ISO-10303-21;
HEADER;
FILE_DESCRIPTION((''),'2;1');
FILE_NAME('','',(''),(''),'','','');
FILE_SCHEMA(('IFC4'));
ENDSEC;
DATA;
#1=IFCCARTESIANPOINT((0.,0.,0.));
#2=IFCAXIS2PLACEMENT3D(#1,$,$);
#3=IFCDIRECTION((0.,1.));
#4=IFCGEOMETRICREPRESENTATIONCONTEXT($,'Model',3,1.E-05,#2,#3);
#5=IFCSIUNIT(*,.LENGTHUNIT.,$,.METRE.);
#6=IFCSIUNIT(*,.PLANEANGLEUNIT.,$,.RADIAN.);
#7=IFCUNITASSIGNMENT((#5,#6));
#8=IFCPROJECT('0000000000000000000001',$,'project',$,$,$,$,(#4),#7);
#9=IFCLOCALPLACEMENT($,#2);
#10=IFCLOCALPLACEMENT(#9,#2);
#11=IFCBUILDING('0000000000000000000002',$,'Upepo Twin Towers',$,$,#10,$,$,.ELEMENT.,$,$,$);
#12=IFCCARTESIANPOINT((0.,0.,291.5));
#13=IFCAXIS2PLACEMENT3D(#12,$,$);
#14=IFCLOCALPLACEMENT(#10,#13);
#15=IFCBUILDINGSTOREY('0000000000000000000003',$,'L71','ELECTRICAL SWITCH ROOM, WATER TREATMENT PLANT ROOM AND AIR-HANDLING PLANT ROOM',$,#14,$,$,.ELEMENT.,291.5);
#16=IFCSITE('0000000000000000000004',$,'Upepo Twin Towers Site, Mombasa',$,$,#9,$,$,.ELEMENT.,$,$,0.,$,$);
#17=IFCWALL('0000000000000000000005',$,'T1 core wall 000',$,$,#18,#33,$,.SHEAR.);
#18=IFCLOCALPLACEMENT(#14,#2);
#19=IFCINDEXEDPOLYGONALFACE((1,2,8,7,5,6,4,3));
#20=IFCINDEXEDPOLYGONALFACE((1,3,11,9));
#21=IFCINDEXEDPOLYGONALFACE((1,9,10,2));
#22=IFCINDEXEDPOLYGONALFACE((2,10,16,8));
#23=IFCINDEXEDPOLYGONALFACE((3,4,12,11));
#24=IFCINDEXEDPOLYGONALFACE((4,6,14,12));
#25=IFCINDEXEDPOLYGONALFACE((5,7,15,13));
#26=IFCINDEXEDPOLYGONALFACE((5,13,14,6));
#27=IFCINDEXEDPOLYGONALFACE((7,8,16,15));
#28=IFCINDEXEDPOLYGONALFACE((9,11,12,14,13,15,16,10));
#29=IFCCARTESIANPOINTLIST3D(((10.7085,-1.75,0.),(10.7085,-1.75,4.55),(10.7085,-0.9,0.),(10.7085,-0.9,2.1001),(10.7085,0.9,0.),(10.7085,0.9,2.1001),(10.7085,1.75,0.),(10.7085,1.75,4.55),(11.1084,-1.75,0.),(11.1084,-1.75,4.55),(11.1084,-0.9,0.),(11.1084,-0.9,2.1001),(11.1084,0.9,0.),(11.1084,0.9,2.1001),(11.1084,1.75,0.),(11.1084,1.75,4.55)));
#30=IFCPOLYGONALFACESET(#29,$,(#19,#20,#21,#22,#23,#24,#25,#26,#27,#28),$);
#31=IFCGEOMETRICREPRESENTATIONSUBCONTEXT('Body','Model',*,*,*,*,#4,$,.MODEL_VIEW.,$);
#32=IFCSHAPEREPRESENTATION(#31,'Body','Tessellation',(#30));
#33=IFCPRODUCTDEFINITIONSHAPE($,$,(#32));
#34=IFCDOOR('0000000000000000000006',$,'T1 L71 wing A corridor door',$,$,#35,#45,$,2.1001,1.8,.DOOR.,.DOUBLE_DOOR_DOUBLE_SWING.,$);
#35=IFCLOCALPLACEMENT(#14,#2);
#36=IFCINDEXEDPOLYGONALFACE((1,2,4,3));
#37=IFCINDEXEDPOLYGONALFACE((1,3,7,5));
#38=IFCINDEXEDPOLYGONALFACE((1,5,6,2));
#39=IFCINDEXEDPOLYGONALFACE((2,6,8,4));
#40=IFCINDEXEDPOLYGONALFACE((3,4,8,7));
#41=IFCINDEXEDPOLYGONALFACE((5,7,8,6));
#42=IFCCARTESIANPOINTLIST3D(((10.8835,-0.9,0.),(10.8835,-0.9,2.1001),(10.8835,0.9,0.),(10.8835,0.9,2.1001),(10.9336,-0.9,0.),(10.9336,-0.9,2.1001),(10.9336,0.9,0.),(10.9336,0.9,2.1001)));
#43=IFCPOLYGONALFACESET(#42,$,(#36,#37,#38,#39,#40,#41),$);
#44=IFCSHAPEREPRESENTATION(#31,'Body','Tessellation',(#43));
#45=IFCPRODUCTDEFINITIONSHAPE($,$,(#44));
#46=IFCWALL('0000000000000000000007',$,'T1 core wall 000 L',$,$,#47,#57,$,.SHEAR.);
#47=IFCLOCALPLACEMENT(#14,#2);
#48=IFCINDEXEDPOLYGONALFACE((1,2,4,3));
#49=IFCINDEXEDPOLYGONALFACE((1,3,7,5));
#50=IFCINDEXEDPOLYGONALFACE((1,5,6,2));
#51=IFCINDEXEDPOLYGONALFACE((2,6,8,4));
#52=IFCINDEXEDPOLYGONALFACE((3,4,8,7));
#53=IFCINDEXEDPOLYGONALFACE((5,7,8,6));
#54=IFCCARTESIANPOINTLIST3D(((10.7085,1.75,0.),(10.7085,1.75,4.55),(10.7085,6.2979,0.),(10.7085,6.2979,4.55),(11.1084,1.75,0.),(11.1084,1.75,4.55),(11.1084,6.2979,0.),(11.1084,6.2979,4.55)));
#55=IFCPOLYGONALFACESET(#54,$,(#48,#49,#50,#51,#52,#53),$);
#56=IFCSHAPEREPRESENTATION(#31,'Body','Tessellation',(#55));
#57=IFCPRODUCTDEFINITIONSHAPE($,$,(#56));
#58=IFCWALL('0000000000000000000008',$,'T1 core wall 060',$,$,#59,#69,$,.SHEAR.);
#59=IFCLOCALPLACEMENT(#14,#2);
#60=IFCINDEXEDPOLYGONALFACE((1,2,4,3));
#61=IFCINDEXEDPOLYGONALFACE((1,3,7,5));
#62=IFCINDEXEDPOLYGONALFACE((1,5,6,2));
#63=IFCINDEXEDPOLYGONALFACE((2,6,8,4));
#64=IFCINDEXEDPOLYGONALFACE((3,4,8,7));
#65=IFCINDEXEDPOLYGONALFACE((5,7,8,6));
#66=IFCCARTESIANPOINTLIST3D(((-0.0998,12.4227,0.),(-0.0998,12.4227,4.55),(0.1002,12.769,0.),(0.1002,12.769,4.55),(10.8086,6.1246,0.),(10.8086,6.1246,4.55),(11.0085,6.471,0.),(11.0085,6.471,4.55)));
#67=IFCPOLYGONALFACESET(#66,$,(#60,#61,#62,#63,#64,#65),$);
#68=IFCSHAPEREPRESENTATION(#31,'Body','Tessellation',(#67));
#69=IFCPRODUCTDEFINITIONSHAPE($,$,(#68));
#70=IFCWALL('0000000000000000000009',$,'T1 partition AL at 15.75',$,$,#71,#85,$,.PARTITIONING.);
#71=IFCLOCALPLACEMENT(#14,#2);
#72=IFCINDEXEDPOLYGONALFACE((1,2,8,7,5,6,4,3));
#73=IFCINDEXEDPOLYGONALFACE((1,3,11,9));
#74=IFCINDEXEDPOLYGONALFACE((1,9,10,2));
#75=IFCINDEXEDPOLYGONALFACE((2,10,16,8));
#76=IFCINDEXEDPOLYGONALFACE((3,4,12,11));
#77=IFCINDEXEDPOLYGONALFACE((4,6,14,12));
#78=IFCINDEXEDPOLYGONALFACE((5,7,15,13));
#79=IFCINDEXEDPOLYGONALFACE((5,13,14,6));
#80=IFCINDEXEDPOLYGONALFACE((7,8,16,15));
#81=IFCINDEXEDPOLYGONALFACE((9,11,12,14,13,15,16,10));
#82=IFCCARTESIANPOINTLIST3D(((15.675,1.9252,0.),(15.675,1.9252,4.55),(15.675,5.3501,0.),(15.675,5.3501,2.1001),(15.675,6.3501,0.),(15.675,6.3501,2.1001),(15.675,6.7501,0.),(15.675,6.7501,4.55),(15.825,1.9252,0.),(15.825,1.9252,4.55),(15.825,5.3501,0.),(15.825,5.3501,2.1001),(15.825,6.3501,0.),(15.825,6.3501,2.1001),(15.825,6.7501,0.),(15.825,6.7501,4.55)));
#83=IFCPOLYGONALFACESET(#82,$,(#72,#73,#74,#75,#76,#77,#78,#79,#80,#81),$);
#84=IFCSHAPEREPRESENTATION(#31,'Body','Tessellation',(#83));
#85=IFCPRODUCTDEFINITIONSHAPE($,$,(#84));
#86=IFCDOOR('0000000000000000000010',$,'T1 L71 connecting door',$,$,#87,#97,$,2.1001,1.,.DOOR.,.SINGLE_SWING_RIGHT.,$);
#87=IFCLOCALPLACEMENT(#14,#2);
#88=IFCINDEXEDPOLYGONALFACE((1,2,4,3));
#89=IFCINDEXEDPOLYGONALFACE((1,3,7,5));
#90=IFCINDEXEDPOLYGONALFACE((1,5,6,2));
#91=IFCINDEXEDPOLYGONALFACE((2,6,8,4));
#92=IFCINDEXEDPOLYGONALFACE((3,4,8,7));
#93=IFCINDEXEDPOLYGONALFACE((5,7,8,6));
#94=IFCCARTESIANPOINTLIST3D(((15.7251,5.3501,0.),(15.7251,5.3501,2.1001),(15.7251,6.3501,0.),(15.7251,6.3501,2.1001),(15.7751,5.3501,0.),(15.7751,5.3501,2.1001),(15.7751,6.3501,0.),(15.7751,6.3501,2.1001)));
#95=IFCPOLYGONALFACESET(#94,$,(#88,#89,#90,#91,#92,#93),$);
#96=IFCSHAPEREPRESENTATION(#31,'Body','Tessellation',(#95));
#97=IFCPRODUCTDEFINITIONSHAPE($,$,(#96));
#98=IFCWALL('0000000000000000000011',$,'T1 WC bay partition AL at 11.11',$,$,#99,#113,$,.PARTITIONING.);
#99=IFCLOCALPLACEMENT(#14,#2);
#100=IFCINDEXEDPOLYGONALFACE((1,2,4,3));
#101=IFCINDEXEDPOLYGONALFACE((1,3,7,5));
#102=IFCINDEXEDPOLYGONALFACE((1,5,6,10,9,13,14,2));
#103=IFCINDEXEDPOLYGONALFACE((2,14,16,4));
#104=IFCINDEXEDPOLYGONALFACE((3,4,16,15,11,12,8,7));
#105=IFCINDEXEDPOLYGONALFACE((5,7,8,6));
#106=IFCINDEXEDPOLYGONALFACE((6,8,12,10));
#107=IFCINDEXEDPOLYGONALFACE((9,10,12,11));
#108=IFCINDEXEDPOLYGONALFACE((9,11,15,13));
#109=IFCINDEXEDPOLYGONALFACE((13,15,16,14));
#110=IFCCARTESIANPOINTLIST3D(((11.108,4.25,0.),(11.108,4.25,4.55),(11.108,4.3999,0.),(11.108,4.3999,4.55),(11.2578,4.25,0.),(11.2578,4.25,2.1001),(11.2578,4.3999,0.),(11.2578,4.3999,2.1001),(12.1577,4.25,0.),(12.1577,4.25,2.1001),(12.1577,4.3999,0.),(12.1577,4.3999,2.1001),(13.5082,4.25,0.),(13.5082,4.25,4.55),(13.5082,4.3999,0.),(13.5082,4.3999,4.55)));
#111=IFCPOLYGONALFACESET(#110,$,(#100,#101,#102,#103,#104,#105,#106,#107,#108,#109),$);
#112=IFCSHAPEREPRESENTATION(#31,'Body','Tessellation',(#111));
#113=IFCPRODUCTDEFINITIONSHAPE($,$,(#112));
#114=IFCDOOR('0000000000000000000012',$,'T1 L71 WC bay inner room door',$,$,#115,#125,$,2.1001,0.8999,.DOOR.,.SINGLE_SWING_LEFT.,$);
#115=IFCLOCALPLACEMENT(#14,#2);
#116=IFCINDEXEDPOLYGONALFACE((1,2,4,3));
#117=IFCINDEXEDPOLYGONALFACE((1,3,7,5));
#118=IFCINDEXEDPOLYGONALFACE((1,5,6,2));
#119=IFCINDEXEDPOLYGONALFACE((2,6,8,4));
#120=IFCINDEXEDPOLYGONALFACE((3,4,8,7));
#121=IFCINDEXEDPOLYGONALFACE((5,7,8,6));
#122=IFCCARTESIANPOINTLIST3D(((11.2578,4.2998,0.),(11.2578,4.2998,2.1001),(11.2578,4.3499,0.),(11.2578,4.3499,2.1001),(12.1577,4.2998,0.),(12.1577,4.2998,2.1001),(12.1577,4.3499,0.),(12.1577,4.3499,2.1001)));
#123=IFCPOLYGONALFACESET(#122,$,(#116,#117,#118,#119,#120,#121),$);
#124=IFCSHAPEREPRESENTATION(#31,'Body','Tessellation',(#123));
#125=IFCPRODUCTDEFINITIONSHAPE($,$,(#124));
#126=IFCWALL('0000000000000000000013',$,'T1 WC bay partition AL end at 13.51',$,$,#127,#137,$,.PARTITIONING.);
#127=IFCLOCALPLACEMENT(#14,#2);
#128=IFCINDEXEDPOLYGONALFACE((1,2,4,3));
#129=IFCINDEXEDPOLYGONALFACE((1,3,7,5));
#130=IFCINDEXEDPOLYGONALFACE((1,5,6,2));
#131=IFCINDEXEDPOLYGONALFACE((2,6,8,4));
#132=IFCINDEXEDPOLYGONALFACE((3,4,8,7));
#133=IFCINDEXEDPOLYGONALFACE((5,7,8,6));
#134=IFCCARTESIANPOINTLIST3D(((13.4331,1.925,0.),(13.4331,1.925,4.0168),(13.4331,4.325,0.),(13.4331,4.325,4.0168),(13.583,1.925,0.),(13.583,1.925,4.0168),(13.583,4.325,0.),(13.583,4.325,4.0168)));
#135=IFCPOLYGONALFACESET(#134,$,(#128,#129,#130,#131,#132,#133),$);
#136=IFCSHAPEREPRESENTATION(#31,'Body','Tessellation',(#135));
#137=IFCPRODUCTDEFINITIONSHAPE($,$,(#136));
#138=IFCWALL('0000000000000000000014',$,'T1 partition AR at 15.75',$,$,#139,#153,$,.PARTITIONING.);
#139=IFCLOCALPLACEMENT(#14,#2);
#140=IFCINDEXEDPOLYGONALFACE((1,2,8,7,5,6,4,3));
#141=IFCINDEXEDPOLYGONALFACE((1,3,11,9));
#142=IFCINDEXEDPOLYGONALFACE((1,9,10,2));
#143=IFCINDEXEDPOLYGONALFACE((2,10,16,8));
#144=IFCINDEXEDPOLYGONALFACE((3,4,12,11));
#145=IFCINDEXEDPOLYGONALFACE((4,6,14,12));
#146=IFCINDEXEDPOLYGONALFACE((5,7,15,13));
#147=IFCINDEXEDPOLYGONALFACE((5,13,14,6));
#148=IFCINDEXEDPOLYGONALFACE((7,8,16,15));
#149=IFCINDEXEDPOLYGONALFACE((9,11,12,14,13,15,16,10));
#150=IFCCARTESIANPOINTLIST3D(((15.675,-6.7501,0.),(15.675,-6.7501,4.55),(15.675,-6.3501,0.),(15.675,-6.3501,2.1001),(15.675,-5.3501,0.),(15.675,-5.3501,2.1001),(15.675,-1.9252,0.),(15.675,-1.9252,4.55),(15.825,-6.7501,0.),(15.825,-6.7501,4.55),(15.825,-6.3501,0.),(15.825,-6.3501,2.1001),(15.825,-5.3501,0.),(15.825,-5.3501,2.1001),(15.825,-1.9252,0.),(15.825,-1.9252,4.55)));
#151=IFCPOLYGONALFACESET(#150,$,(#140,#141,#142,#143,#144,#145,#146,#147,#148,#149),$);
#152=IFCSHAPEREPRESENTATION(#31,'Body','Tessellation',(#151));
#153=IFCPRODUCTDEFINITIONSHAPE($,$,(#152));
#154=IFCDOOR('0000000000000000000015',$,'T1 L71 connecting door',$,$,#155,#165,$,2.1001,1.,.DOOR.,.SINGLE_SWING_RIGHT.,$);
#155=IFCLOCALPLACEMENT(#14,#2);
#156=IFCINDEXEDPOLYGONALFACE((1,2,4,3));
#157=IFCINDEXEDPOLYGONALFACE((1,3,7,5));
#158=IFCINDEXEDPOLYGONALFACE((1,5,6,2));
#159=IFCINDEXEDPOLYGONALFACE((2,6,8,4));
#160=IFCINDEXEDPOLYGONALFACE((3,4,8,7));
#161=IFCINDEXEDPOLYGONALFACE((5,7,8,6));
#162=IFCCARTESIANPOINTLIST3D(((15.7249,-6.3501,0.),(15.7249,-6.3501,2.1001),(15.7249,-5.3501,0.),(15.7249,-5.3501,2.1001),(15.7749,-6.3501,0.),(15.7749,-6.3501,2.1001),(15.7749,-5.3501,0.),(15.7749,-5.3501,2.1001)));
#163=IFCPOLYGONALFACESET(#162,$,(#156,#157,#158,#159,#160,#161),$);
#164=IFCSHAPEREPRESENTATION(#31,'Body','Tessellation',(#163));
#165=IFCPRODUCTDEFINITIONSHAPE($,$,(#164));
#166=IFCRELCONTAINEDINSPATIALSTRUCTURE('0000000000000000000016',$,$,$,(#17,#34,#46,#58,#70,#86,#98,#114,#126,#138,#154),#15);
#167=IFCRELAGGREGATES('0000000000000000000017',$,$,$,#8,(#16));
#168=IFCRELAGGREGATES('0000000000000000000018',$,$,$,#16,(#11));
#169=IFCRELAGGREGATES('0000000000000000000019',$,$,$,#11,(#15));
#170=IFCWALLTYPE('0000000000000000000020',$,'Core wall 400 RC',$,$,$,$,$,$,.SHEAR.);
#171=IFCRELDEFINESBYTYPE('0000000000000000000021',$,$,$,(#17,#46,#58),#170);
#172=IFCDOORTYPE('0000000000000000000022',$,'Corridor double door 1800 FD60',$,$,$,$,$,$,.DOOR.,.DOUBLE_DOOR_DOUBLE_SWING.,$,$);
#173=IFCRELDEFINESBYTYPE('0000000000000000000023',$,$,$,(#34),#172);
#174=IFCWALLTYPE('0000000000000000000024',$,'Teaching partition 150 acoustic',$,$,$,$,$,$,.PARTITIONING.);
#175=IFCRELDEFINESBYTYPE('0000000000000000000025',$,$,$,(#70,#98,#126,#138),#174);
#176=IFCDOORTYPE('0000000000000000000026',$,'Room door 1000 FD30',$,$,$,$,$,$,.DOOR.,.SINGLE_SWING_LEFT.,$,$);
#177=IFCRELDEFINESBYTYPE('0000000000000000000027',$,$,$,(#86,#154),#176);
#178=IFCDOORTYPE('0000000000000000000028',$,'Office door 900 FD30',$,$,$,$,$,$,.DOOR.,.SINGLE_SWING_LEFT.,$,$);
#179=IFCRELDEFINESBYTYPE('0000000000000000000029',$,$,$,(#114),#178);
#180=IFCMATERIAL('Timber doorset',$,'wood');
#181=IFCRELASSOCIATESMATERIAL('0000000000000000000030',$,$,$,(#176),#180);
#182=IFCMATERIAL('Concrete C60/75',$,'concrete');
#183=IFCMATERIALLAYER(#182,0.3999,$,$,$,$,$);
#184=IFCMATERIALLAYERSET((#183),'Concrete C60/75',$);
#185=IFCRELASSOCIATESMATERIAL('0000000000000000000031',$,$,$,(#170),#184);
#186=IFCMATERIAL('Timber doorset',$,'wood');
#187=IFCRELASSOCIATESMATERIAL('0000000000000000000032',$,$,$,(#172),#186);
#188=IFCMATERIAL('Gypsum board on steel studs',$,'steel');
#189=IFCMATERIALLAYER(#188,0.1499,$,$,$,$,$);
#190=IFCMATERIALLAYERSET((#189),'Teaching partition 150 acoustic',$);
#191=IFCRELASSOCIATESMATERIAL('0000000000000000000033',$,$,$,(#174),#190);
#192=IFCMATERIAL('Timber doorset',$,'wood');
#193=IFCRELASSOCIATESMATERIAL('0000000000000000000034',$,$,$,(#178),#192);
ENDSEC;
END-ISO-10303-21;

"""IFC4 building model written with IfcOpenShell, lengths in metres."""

from ifc_helpers import new_model, si_unit, direction, frame, frame_2d, origin, place, context, subcontext, project, spatial, rectangle, extrude, material, layer, layer_set, type_object, element, fill, save


model = new_model("IFC4")

# Units and contexts
model_context = context("Model", 3, precision=1e-05, world=origin(), true_north=direction((0.0, 1.0)))
body_context = subcontext(model_context, "Body", "Model", "MODEL_VIEW")
ifc_project = project(units=[si_unit("LENGTHUNIT", "METRE"), si_unit("PLANEANGLEUNIT", "RADIAN")], contexts=[model_context])

# Site, building, storey
site_placement = place(None, origin())
site = spatial("IfcSite", under=ifc_project, at=site_placement, Name="Upepo Twin Towers Site, Mombasa", CompositionType="ELEMENT", RefElevation=0.0)
building_placement = place(site_placement, origin())
building = spatial("IfcBuilding", under=site, at=building_placement, Name="Upepo Twin Towers", CompositionType="ELEMENT")
storey_placement = place(building_placement, frame((0.0, 0.0, 291.5)))
storey = spatial("IfcBuildingStorey", under=building, at=storey_placement, Name="L71", Description="ELECTRICAL SWITCH ROOM, WATER TREATMENT PLANT ROOM AND AIR-HANDLING PLANT ROOM", CompositionType="ELEMENT", Elevation=291.5)

# Shared definitions
ifc_material_1 = material(Name="Timber doorset", Category="wood")
door_type_1 = type_object("IfcDoorType", Name="Room door 1000 FD30", OperationType="SINGLE_SWING_LEFT", PredefinedType="DOOR", material=ifc_material_1)

# Shared definitions
ifc_material_2 = material(Name="Concrete C60/75", Category="concrete")
ifc_layer_1 = layer(ifc_material_2, 0.3999)
ifc_layer_set_1 = layer_set([ifc_layer_1], Name="Concrete C60/75")
wall_type_1 = type_object("IfcWallType", Name="Core wall 400 RC", PredefinedType="SHEAR", material=ifc_layer_set_1)

# Wall, opening, door
wall_1_placement = place(storey_placement, frame((10.9084, -1.75, 0.0), z_axis=(0.0, 0.0, 1.0), x_axis=(0.0, 1.0, 0.0)))
wall_1 = element("IfcWall", 1, at=wall_1_placement, inside=storey, type_object=wall_type_1, Name="T1 core wall 000", PredefinedType="SHEAR", context=body_context, shape_type="SweptSolid", body=[
    extrude(rectangle(XDim=3.5, YDim=0.3999, at=frame_2d((1.75, 0.0))), origin(), (0.0, 0.0, 1.0), 4.55),
])
opening_1_placement = place(wall_1_placement, frame((0.8501, 0.0, 0.0)))
opening_1 = element("IfcOpeningElement", 2, at=opening_1_placement, cuts=wall_1, PredefinedType="OPENING", context=body_context, shape_type="SweptSolid", body=[
    extrude(rectangle(XDim=1.8, YDim=2.1001, at=frame_2d((0.8999, 1.05))), frame((0.0, 0.21, 0.0), z_axis=(0.0, -1.0, 0.0), x_axis=(1.0, 0.0, 0.0)), (0.0, 0.0, 1.0), 0.4199),
])
ifc_material_3 = material(Name="Timber doorset", Category="wood")
door_type_2 = type_object("IfcDoorType", Name="Corridor double door 1800 FD60", OperationType="DOUBLE_DOOR_DOUBLE_SWING", PredefinedType="DOOR", material=ifc_material_3)
door_1_placement = place(opening_1_placement, origin())
door_1 = element("IfcDoor", 3, at=door_1_placement, inside=storey, type_object=door_type_2, Name="T1 L71 wing A corridor door", OperationType="DOUBLE_DOOR_DOUBLE_SWING", OverallHeight=2.1001, OverallWidth=1.8, PredefinedType="DOOR", context=body_context, shape_type="SweptSolid", body=[
    extrude(rectangle(XDim=1.8, YDim=2.1001, at=frame_2d((0.8999, 1.05))), frame((0.0, 0.0249, 0.0), z_axis=(0.0, -1.0, 0.0), x_axis=(1.0, 0.0, 0.0)), (0.0, 0.0, 1.0), 0.05),
])
fill(opening_1, door_1)

# Walls
wall_2_placement = place(storey_placement, frame((10.9084, 1.75, 0.0), z_axis=(0.0, 0.0, 1.0), x_axis=(0.0, 1.0, 0.0)))
element("IfcWall", 4, at=wall_2_placement, inside=storey, type_object=wall_type_1, Name="T1 core wall 000 L", PredefinedType="SHEAR", context=body_context, shape_type="SweptSolid", body=[
    extrude(rectangle(XDim=4.5479, YDim=0.3999, at=frame_2d((2.2739, 0.0))), origin(), (0.0, 0.0, 1.0), 4.55),
])
wall_3_placement = place(storey_placement, frame((10.9084, 6.2979, 0.0), z_axis=(0.0, 0.0, 1.0), x_axis=(-0.866022, 0.500006, 0.0)))
element("IfcWall", 5, at=wall_3_placement, inside=storey, type_object=wall_type_1, Name="T1 core wall 060", PredefinedType="SHEAR", context=body_context, shape_type="SweptSolid", body=[
    extrude(rectangle(XDim=12.5959, YDim=0.3999, at=frame_2d((6.2979, 0.0))), origin(), (0.0, 0.0, 1.0), 4.55),
])

# Walls, openings, doors
ifc_material_4 = material(Name="Gypsum board on steel studs", Category="steel")
ifc_layer_2 = layer(ifc_material_4, 0.1499)
ifc_layer_set_2 = layer_set([ifc_layer_2], Name="Teaching partition 150 acoustic")
wall_type_2 = type_object("IfcWallType", Name="Teaching partition 150 acoustic", PredefinedType="PARTITIONING", material=ifc_layer_set_2)
wall_4_placement = place(storey_placement, frame((15.75, 1.925, 0.0), z_axis=(0.0, 0.0, 1.0), x_axis=(0.0, 1.0, 0.0)))
wall_4 = element("IfcWall", 6, at=wall_4_placement, inside=storey, type_object=wall_type_2, Name="T1 partition AL at 15.75", PredefinedType="PARTITIONING", context=body_context, shape_type="SweptSolid", body=[
    extrude(rectangle(XDim=4.825, YDim=0.1499, at=frame_2d((2.4126, 0.0))), origin(), (0.0, 0.0, 1.0), 4.55),
])
opening_2_placement = place(wall_4_placement, frame((3.425, 0.0, 0.0)))
opening_2 = element("IfcOpeningElement", 7, at=opening_2_placement, cuts=wall_4, PredefinedType="OPENING", context=body_context, shape_type="SweptSolid", body=[
    extrude(rectangle(XDim=1.0, YDim=2.1001, at=frame_2d((0.5, 1.05))), frame((0.0, 0.085, 0.0), z_axis=(0.0, -1.0, 0.0), x_axis=(1.0, 0.0, 0.0)), (0.0, 0.0, 1.0), 0.1699),
])
door_2_placement = place(opening_2_placement, origin())
door_2 = element("IfcDoor", 8, at=door_2_placement, inside=storey, type_object=door_type_1, Name="T1 L71 connecting door", OperationType="SINGLE_SWING_RIGHT", OverallHeight=2.1001, OverallWidth=1.0, PredefinedType="DOOR", context=body_context, shape_type="SweptSolid", body=[
    extrude(rectangle(XDim=1.0, YDim=2.1001, at=frame_2d((0.5, 1.05))), frame((0.0, 0.0249, 0.0), z_axis=(0.0, -1.0, 0.0), x_axis=(1.0, 0.0, 0.0)), (0.0, 0.0, 1.0), 0.05),
])
fill(opening_2, door_2)
wall_5_placement = place(storey_placement, frame((11.1079, 4.325, 0.0), z_axis=(0.0, 0.0, 1.0), x_axis=(1.0, 0.0, 0.0)))
wall_5 = element("IfcWall", 9, at=wall_5_placement, inside=storey, type_object=wall_type_2, Name="T1 WC bay partition AL at 11.11", PredefinedType="PARTITIONING", context=body_context, shape_type="SweptSolid", body=[
    extrude(rectangle(XDim=2.4001, YDim=0.1499, at=frame_2d((1.2002, 0.0))), origin(), (0.0, 0.0, 1.0), 4.55),
])
opening_3_placement = place(wall_5_placement, frame((0.1499, 0.0, 0.0)))
opening_3 = element("IfcOpeningElement", 10, at=opening_3_placement, cuts=wall_5, PredefinedType="OPENING", context=body_context, shape_type="SweptSolid", body=[
    extrude(rectangle(XDim=0.8999, YDim=2.1001, at=frame_2d((0.45, 1.05))), frame((0.0, 0.085, 0.0), z_axis=(0.0, -1.0, 0.0), x_axis=(1.0, 0.0, 0.0)), (0.0, 0.0, 1.0), 0.1699),
])
ifc_material_5 = material(Name="Timber doorset", Category="wood")
door_type_3 = type_object("IfcDoorType", Name="Office door 900 FD30", OperationType="SINGLE_SWING_LEFT", PredefinedType="DOOR", material=ifc_material_5)
door_3_placement = place(opening_3_placement, origin())
door_3 = element("IfcDoor", 11, at=door_3_placement, inside=storey, type_object=door_type_3, Name="T1 L71 WC bay inner room door", OperationType="SINGLE_SWING_LEFT", OverallHeight=2.1001, OverallWidth=0.8999, PredefinedType="DOOR", context=body_context, shape_type="SweptSolid", body=[
    extrude(rectangle(XDim=0.8999, YDim=2.1001, at=frame_2d((0.45, 1.05))), frame((0.0, 0.0249, 0.0), z_axis=(0.0, -1.0, 0.0), x_axis=(1.0, 0.0, 0.0)), (0.0, 0.0, 1.0), 0.05),
])
fill(opening_3, door_3)

# Wall
wall_6_placement = place(storey_placement, frame((13.5081, 1.925, 0.0), z_axis=(0.0, 0.0, 1.0), x_axis=(0.0, 1.0, 0.0)))
element("IfcWall", 12, at=wall_6_placement, inside=storey, type_object=wall_type_2, Name="T1 WC bay partition AL end at 13.51", PredefinedType="PARTITIONING", context=body_context, shape_type="SweptSolid", body=[
    extrude(rectangle(XDim=2.3999, YDim=0.1499, at=frame_2d((1.2, 0.0))), origin(), (0.0, 0.0, 1.0), 4.0168),
])

# Wall, opening, door
wall_7_placement = place(storey_placement, frame((15.75, -1.925, 0.0), z_axis=(0.0, 0.0, 1.0), x_axis=(0.0, -1.0, 0.0)))
wall_7 = element("IfcWall", 13, at=wall_7_placement, inside=storey, type_object=wall_type_2, Name="T1 partition AR at 15.75", PredefinedType="PARTITIONING", context=body_context, shape_type="SweptSolid", body=[
    extrude(rectangle(XDim=4.825, YDim=0.1499, at=frame_2d((2.4126, 0.0))), origin(), (0.0, 0.0, 1.0), 4.55),
])
opening_4_placement = place(wall_7_placement, frame((3.425, 0.0, 0.0)))
opening_4 = element("IfcOpeningElement", 14, at=opening_4_placement, cuts=wall_7, PredefinedType="OPENING", context=body_context, shape_type="SweptSolid", body=[
    extrude(rectangle(XDim=1.0, YDim=2.1001, at=frame_2d((0.5, 1.05))), frame((0.0, 0.085, 0.0), z_axis=(0.0, -1.0, 0.0), x_axis=(1.0, 0.0, 0.0)), (0.0, 0.0, 1.0), 0.1699),
])
door_4_placement = place(opening_4_placement, origin())
door_4 = element("IfcDoor", 15, at=door_4_placement, inside=storey, type_object=door_type_1, Name="T1 L71 connecting door", OperationType="SINGLE_SWING_RIGHT", OverallHeight=2.1001, OverallWidth=1.0, PredefinedType="DOOR", context=body_context, shape_type="SweptSolid", body=[
    extrude(rectangle(XDim=1.0, YDim=2.1001, at=frame_2d((0.5, 1.05))), frame((0.0, 0.0249, 0.0), z_axis=(0.0, -1.0, 0.0), x_axis=(1.0, 0.0, 0.0)), (0.0, 0.0, 1.0), 0.05),
])
fill(opening_4, door_4)

save(model, "model.ifc")
